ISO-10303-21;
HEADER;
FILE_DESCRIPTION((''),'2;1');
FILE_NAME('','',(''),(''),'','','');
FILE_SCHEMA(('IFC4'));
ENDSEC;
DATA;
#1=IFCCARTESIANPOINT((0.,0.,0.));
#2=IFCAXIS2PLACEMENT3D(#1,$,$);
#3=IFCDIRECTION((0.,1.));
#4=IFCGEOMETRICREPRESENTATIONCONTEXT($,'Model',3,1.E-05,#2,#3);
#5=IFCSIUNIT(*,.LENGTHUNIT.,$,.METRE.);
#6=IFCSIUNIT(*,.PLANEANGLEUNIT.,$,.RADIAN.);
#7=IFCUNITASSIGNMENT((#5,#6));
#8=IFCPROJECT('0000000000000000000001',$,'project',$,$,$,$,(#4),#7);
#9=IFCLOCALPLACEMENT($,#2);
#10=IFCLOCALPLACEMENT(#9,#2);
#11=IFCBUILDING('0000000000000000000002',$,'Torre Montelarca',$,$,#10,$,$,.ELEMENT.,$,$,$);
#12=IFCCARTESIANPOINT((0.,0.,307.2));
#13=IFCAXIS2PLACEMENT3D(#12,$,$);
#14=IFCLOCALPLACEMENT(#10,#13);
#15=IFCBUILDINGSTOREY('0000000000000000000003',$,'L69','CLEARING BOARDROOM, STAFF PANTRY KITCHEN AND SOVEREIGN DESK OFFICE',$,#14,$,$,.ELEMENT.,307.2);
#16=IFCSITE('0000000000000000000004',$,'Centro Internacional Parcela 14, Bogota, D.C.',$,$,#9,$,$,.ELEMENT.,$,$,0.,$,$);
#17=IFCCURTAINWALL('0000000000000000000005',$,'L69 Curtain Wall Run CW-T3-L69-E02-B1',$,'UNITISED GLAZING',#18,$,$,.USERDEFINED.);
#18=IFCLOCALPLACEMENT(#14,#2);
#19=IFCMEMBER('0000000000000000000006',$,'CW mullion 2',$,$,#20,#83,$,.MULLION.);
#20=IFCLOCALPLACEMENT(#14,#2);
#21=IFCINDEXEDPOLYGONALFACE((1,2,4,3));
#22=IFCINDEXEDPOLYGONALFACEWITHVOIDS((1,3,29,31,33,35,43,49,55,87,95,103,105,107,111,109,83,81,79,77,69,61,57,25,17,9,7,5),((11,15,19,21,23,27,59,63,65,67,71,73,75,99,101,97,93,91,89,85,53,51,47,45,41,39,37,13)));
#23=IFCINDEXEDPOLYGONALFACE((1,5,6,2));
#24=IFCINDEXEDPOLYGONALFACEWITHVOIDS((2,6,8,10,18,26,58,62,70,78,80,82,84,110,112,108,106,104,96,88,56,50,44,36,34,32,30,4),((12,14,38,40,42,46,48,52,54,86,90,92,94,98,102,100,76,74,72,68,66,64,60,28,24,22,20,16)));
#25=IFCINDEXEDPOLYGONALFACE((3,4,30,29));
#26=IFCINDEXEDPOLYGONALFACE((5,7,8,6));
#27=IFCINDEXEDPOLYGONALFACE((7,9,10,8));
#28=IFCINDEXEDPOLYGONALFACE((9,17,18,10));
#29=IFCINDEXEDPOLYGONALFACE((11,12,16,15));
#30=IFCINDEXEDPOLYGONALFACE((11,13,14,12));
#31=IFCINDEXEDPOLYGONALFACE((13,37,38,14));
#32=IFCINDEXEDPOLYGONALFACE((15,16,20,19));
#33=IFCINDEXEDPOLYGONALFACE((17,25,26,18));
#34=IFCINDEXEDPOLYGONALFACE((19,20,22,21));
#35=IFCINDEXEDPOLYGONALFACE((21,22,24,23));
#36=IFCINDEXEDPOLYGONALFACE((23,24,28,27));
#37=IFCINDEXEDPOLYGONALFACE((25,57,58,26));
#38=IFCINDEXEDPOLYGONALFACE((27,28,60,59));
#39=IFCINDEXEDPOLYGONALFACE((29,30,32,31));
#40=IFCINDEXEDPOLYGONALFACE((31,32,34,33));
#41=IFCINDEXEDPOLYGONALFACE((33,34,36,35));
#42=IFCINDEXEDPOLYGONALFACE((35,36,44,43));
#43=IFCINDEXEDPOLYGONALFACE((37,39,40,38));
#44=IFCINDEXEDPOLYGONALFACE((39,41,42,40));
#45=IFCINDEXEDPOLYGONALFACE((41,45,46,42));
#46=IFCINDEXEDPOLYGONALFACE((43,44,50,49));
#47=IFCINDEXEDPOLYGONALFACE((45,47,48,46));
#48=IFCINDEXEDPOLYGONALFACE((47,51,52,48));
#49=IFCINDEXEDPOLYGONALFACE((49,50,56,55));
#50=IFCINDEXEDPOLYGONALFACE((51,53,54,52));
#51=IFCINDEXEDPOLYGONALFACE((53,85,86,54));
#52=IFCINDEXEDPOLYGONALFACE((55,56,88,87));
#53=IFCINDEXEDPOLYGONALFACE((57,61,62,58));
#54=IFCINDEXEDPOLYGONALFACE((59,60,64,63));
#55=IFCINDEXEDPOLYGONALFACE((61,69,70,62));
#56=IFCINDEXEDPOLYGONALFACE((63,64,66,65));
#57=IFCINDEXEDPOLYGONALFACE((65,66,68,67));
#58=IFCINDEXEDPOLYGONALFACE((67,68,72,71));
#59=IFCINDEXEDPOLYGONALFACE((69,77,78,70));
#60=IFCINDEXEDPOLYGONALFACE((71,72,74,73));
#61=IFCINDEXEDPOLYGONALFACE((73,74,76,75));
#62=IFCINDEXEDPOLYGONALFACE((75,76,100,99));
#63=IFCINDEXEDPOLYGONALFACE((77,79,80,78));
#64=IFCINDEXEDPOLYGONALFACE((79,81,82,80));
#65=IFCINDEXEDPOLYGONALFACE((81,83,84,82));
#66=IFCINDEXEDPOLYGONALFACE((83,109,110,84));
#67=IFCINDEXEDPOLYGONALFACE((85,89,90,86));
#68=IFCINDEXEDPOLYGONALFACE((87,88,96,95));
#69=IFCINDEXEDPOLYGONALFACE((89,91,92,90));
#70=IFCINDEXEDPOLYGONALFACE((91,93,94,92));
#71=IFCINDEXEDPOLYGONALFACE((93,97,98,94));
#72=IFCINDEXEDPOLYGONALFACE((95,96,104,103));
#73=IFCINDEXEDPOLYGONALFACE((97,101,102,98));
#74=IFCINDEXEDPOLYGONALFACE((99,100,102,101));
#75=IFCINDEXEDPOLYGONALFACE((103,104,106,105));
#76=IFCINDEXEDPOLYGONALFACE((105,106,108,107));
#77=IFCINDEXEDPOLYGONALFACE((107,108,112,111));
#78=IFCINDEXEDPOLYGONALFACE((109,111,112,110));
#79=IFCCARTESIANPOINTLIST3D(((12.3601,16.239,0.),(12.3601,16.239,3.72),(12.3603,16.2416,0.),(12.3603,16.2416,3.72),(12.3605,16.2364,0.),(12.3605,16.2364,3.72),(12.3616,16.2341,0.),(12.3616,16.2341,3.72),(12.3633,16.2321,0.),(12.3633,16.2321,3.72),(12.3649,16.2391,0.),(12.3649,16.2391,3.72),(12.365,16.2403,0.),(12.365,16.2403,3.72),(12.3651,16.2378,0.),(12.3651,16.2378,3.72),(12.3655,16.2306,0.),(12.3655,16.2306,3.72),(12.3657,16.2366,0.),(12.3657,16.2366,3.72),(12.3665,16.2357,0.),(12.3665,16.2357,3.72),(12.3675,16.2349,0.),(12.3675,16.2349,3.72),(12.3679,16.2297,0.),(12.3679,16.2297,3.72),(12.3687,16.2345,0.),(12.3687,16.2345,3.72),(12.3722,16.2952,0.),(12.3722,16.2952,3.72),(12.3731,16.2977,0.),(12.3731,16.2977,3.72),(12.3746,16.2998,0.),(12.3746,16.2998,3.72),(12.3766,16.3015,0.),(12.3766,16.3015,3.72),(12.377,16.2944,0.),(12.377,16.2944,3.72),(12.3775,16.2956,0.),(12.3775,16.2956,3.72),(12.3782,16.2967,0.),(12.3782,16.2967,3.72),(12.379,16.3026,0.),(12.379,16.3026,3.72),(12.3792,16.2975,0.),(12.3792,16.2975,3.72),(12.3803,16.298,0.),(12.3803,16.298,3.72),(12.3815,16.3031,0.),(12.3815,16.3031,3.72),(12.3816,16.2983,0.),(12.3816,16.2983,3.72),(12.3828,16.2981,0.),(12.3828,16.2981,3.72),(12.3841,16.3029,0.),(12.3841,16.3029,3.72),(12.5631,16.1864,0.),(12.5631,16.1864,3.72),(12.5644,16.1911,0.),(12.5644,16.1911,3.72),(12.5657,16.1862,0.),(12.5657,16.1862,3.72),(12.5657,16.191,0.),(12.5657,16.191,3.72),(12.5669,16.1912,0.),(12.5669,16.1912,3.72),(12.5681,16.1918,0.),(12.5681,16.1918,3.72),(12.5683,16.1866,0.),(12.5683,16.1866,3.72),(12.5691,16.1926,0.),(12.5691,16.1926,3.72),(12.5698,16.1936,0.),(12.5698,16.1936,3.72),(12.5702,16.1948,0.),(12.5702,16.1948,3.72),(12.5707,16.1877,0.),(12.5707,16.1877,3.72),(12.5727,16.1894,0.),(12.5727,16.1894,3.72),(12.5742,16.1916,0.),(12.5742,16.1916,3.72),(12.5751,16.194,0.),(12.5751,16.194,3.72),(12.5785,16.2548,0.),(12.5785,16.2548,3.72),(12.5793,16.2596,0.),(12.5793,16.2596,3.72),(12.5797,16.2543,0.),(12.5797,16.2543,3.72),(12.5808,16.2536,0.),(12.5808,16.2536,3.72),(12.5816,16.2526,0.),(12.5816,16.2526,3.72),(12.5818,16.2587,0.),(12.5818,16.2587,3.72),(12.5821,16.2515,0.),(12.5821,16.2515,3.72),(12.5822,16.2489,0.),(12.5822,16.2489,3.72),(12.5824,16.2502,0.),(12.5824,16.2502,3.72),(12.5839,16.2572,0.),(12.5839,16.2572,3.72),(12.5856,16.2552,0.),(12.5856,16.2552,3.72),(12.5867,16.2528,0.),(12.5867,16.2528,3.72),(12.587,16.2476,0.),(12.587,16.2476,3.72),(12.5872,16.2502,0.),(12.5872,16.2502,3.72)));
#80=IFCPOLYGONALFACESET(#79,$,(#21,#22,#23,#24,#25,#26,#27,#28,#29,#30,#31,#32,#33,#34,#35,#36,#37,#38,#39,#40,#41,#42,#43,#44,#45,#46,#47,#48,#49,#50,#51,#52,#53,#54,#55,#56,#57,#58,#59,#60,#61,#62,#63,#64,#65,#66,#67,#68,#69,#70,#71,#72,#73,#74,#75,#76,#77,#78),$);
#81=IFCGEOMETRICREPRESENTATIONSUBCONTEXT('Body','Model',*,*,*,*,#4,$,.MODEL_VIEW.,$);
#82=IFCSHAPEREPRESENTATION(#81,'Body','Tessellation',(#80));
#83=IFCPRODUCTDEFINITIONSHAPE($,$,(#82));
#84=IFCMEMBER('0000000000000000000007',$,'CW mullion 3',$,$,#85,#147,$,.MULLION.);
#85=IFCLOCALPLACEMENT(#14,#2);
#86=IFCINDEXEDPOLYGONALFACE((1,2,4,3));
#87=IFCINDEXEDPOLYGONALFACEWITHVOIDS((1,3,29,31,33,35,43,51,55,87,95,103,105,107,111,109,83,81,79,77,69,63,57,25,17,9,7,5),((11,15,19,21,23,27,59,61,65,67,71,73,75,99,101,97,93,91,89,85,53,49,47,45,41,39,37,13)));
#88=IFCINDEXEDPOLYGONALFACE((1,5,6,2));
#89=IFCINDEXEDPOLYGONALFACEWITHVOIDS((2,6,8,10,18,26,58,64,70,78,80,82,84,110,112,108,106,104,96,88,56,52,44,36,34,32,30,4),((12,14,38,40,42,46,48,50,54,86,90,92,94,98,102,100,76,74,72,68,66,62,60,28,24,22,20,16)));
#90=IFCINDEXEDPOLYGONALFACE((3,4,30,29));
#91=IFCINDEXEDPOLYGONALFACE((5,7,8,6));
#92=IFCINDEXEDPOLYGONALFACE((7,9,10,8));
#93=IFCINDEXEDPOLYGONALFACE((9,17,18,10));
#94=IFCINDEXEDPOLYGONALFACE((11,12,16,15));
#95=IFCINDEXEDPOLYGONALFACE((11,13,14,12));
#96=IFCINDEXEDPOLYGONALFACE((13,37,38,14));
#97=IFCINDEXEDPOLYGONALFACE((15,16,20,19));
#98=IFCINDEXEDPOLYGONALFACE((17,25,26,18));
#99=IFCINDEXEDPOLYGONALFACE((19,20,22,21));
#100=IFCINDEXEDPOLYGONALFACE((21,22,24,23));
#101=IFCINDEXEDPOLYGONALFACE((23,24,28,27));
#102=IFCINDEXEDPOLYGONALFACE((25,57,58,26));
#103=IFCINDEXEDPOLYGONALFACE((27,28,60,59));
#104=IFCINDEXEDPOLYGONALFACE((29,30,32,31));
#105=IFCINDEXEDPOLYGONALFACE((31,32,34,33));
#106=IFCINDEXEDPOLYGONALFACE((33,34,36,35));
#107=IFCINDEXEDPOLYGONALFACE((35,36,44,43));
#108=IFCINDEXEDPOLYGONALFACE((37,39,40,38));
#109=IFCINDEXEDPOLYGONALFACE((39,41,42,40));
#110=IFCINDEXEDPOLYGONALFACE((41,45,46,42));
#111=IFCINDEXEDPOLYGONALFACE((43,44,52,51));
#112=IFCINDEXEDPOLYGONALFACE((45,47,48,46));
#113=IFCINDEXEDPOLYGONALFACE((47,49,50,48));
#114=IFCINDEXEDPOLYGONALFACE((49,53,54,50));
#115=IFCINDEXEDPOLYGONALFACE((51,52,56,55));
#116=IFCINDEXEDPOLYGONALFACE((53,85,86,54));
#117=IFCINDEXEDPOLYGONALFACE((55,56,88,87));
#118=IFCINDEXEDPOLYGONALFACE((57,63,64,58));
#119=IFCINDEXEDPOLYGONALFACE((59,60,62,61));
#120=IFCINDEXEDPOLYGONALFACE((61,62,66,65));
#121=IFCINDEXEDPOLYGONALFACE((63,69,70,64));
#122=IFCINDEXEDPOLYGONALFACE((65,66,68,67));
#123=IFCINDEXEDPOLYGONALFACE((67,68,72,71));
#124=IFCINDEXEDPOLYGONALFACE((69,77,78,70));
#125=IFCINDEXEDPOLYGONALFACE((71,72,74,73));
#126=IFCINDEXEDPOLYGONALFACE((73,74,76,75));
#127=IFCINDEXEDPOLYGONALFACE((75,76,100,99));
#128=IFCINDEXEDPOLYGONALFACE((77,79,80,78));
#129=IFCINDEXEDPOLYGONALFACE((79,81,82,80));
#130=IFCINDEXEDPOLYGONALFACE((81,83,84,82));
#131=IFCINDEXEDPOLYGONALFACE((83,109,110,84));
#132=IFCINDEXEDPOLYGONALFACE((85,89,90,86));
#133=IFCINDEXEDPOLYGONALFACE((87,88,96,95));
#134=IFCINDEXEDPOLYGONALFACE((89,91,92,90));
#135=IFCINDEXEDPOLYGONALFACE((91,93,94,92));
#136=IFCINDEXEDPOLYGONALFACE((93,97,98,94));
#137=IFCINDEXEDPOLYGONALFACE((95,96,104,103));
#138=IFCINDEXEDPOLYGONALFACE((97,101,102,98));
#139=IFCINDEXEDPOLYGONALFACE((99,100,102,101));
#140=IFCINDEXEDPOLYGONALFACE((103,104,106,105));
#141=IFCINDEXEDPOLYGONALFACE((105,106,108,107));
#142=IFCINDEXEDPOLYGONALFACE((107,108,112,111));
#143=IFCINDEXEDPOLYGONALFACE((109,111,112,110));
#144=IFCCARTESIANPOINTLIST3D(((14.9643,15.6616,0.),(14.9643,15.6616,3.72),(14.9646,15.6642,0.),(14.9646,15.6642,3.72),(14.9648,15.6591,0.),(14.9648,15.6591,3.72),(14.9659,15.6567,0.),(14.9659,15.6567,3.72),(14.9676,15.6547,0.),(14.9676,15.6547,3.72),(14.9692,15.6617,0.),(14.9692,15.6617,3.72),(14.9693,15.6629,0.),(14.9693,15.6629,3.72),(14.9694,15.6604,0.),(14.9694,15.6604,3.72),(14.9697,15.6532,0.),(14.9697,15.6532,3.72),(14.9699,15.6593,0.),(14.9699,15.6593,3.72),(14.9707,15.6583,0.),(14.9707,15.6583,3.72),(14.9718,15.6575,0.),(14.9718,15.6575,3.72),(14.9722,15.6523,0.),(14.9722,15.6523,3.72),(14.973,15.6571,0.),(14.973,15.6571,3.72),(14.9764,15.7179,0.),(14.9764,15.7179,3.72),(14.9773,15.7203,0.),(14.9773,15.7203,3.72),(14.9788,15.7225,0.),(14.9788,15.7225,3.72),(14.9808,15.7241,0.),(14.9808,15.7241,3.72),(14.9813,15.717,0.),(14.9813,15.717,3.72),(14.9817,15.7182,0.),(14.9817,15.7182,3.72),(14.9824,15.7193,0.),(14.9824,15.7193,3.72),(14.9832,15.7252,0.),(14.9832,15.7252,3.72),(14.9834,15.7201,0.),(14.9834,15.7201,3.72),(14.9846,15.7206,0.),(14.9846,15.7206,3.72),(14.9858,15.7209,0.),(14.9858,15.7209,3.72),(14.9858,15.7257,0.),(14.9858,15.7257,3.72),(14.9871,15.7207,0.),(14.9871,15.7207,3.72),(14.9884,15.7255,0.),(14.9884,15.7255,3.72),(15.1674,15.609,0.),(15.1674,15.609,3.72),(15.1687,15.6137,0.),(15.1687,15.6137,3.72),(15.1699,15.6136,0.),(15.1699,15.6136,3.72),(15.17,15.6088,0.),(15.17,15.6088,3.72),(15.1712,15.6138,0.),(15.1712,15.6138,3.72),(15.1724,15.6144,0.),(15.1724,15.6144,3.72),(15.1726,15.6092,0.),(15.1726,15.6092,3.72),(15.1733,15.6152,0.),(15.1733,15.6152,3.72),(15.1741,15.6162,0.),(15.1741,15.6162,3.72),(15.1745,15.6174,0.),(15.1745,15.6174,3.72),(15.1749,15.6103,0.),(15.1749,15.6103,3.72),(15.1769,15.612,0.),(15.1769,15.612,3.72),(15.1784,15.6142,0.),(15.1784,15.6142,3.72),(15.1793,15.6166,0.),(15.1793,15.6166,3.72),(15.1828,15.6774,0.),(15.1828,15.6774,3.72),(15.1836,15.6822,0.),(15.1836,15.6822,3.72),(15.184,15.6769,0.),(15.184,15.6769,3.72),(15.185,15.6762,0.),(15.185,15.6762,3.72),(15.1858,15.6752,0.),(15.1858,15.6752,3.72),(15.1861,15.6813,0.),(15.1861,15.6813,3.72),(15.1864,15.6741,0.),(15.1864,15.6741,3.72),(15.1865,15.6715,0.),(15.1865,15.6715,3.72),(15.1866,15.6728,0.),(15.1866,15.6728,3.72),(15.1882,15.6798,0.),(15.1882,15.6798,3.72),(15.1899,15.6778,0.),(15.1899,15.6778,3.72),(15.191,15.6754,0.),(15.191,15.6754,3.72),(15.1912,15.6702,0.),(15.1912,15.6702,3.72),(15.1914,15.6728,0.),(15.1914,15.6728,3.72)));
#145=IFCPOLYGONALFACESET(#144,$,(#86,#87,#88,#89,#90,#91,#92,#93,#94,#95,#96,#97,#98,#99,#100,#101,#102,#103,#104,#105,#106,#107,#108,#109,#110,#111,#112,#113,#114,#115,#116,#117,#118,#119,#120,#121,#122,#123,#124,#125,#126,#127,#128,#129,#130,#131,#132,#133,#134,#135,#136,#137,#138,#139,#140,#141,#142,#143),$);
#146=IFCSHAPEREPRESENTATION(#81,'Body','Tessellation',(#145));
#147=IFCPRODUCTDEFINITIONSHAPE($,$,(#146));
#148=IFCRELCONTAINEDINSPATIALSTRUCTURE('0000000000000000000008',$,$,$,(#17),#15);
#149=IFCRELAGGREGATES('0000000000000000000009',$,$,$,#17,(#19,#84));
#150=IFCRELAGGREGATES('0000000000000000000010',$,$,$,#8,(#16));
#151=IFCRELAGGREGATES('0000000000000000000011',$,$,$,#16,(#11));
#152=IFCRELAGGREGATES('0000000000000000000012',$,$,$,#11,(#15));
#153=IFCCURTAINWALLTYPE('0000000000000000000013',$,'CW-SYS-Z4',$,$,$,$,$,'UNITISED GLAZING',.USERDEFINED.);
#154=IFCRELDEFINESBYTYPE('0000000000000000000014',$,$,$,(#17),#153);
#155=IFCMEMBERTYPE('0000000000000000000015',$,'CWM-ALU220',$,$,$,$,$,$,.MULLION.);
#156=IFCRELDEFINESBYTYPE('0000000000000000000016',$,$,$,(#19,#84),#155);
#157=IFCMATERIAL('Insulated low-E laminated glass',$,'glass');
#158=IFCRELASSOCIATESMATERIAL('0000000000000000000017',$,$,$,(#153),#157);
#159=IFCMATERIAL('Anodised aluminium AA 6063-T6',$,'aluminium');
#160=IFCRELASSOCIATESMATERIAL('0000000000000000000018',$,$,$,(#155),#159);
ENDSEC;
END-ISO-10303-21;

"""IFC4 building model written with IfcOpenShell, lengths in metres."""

from ifc_helpers import new_model, si_unit, direction, frame, origin, origin_2d, place, context, subcontext, project, spatial, hollow_rectangle, extrude, source, transform, mapped, material, material_profile, profile_set, type_object, element, aggregate, save


model = new_model("IFC4")

# Units and contexts
model_context = context("Model", 3, precision=1e-05, world=origin(), true_north=direction((0.0, 1.0)))
body_context = subcontext(model_context, "Body", "Model", "MODEL_VIEW")
ifc_project = project(units=[si_unit("LENGTHUNIT", "METRE"), si_unit("PLANEANGLEUNIT", "RADIAN")], contexts=[model_context])

# Site, building, storey
site_placement = place(None, origin())
site = spatial("IfcSite", under=ifc_project, at=site_placement, Name="Centro Internacional Parcela 14, Bogota, D.C.", CompositionType="ELEMENT", RefElevation=0.0)
building_placement = place(site_placement, origin())
building = spatial("IfcBuilding", under=site, at=building_placement, Name="Torre Montelarca", CompositionType="ELEMENT")
storey_placement = place(building_placement, frame((0.0, 0.0, 307.2)))
storey = spatial("IfcBuildingStorey", under=building, at=storey_placement, Name="L69", Description="CLEARING BOARDROOM, STAFF PANTRY KITCHEN AND SOVEREIGN DESK OFFICE", CompositionType="ELEMENT", Elevation=307.2)

# Shared definitions
ifc_material_1 = material(Name="Insulated low-E laminated glass", Category="glass")
curtain_wall_type = type_object("IfcCurtainWallType", Name="CW-SYS-Z4", ElementType="UNITISED GLAZING", PredefinedType="USERDEFINED", material=ifc_material_1)
ifc_material_2 = material(Name="Anodised aluminium AA 6063-T6", Category="aluminium")
ifc_material_profile_1 = material_profile(ifc_material_2, hollow_rectangle(XDim=0.075, YDim=0.22, WallThickness=0.0049, InnerFilletRadius=0.0049, OuterFilletRadius=0.01, at=origin_2d()), Name="ALU75X220X5", Category="aluminium")
ifc_profile_set_1 = profile_set([ifc_material_profile_1], Name="Anodised aluminium AA 6063-T6")
member_type_1 = type_object("IfcMemberType", Name="CWM-ALU220", PredefinedType="MULLION", material=ifc_profile_set_1)
shared_shape_1 = source(origin(), body_context, "Body", "SweptSolid", [
    extrude(hollow_rectangle(XDim=0.075, YDim=0.22, WallThickness=0.0049, InnerFilletRadius=0.0049, OuterFilletRadius=0.01, at=origin_2d()), origin(), (0.0, 0.0, 1.0), 3.72),
])

# Curtain wall, members
curtain_wall_1_placement = place(storey_placement, origin())
curtain_wall_1 = element("IfcCurtainWall", 1, at=curtain_wall_1_placement, inside=storey, type_object=curtain_wall_type, Name="L69 Curtain Wall Run CW-T3-L69-E02-B1", ObjectType="UNITISED GLAZING", PredefinedType="USERDEFINED")
member_1_placement = place(storey_placement, frame((12.4736, 16.2446, 0.0), z_axis=(0.0, 0.0, 1.0), x_axis=(0.216449, 0.976294, 0.0)))
member_1 = element("IfcMember", 2, at=member_1_placement, type_object=member_type_1, Name="CW mullion 2", PredefinedType="MULLION", context=body_context, shape_type="MappedRepresentation", body=[
    mapped(shared_shape_1, transform((0.0, 0.0, 0.0), scale=1.0)),
])
member_2_placement = place(storey_placement, frame((15.0779, 15.6672, 0.0), z_axis=(0.0, 0.0, 1.0), x_axis=(0.216449, 0.976294, 0.0)))
member_2 = element("IfcMember", 3, at=member_2_placement, type_object=member_type_1, Name="CW mullion 3", PredefinedType="MULLION", context=body_context, shape_type="MappedRepresentation", body=[
    mapped(shared_shape_1, transform((0.0, 0.0, 0.0), scale=1.0)),
])

aggregate(curtain_wall_1, [member_1, member_2])

save(model, "model.ifc")
